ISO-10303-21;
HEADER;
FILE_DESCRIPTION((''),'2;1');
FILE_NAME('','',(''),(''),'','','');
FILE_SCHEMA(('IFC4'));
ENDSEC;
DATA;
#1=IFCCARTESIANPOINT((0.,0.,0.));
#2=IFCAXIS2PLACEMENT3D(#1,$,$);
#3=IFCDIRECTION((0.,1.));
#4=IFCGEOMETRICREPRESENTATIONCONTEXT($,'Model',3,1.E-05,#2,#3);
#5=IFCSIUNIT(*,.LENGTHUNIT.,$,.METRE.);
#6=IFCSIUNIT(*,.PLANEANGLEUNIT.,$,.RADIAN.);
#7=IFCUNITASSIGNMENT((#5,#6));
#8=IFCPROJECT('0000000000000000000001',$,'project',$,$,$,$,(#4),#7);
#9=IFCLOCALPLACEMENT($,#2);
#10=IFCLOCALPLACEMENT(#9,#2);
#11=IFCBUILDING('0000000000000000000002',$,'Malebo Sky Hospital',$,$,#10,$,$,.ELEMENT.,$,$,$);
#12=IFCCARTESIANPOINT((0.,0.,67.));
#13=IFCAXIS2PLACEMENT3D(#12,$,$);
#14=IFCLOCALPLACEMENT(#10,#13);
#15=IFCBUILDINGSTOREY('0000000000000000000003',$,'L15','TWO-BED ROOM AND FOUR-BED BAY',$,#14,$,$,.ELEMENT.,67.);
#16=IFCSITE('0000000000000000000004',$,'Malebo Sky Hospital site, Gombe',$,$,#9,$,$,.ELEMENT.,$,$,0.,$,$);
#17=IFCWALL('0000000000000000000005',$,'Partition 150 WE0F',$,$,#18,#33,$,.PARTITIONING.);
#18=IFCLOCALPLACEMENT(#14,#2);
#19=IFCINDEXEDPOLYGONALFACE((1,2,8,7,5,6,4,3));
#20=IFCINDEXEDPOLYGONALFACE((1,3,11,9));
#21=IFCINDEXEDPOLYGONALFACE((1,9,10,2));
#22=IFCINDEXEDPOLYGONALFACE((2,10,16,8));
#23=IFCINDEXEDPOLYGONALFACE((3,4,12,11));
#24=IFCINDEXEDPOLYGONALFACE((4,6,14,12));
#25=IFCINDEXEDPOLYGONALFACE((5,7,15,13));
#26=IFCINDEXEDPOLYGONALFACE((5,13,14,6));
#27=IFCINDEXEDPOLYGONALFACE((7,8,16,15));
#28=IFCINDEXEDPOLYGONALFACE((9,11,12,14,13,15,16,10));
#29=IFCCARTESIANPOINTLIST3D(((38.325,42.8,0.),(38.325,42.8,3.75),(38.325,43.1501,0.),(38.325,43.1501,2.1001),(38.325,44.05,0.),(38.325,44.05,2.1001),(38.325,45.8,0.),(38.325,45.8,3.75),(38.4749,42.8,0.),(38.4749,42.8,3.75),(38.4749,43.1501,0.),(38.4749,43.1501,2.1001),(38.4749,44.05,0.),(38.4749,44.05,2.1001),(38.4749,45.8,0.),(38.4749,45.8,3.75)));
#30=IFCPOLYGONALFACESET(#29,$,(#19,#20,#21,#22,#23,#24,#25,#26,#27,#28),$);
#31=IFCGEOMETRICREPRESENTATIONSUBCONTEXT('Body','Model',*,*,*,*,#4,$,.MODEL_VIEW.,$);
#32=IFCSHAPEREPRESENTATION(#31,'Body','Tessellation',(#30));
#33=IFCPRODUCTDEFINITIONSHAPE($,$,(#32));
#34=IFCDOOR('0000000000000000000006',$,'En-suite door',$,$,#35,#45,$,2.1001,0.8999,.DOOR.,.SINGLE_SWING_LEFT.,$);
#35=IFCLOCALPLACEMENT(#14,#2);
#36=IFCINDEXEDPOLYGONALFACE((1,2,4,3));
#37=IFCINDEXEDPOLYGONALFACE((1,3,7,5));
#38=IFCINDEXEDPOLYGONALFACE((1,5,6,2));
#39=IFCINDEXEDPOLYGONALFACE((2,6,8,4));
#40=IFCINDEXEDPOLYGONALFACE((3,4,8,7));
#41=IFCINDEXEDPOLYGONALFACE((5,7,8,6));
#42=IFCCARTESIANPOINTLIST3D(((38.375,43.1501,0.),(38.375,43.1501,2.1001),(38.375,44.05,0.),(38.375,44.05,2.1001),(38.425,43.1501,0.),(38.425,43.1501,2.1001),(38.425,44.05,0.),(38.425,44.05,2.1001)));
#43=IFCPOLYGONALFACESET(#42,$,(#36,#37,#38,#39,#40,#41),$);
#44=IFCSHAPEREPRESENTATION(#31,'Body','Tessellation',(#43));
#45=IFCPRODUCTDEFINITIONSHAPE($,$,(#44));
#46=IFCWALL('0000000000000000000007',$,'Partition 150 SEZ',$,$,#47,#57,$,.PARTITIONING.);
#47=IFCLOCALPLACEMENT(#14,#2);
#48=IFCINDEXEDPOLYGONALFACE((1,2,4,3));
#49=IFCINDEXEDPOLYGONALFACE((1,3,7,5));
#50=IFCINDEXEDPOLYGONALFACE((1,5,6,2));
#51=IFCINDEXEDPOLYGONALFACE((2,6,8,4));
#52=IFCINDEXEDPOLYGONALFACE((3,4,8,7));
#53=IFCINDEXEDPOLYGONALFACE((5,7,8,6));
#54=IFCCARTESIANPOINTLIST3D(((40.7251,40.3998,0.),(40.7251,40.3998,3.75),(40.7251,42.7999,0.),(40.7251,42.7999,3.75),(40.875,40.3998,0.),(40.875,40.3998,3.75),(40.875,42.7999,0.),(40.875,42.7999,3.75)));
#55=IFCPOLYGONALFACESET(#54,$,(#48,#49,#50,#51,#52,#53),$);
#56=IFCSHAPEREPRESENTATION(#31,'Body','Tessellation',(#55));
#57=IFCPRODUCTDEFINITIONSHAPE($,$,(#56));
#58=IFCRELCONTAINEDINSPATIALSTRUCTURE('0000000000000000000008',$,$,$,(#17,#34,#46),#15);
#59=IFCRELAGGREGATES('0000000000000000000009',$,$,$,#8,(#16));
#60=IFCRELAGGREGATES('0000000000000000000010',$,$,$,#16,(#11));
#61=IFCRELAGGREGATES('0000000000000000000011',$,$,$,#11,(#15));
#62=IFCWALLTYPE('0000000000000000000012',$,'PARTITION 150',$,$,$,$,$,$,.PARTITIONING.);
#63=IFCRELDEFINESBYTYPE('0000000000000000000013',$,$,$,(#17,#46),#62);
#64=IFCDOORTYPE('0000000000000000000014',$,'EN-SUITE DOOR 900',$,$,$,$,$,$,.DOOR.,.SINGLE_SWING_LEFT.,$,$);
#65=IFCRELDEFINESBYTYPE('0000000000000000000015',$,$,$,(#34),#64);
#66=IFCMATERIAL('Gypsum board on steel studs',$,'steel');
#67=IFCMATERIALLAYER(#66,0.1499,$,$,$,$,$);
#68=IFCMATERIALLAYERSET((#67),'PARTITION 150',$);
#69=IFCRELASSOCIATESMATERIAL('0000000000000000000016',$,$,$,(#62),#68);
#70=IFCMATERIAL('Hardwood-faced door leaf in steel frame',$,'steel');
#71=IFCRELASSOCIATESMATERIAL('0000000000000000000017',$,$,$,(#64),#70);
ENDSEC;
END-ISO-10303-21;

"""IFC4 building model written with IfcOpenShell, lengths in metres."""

from ifc_helpers import new_model, si_unit, direction, frame, frame_2d, origin, place, context, subcontext, project, spatial, rectangle, extrude, material, layer, layer_set, type_object, element, fill, save


model = new_model("IFC4")

# Units and contexts
model_context = context("Model", 3, precision=1e-05, world=origin(), true_north=direction((0.0, 1.0)))
body_context = subcontext(model_context, "Body", "Model", "MODEL_VIEW")
ifc_project = project(units=[si_unit("LENGTHUNIT", "METRE"), si_unit("PLANEANGLEUNIT", "RADIAN")], contexts=[model_context])

# Site, building, storey
site_placement = place(None, origin())
site = spatial("IfcSite", under=ifc_project, at=site_placement, Name="Malebo Sky Hospital site, Gombe", CompositionType="ELEMENT", RefElevation=0.0)
building_placement = place(site_placement, origin())
building = spatial("IfcBuilding", under=site, at=building_placement, Name="Malebo Sky Hospital", CompositionType="ELEMENT")
storey_placement = place(building_placement, frame((0.0, 0.0, 67.0)))
storey = spatial("IfcBuildingStorey", under=building, at=storey_placement, Name="L15", Description="TWO-BED ROOM AND FOUR-BED BAY", CompositionType="ELEMENT", Elevation=67.0)

# Shared definitions
ifc_material_1 = material(Name="Gypsum board on steel studs", Category="steel")
ifc_material_2 = material(Name="Hardwood-faced door leaf in steel frame", Category="steel")

# Shared definitions
ifc_layer_1 = layer(ifc_material_1, 0.1499)
ifc_layer_set_1 = layer_set([ifc_layer_1], Name="PARTITION 150")
wall_type_1 = type_object("IfcWallType", Name="PARTITION 150", PredefinedType="PARTITIONING", material=ifc_layer_set_1)

# Wall, opening, door
wall_1_placement = place(storey_placement, frame((38.3999, 42.8, 0.0), z_axis=(0.0, 0.0, 1.0), x_axis=(0.0, 1.0, 0.0)))
wall_1 = element("IfcWall", 1, at=wall_1_placement, inside=storey, type_object=wall_type_1, Name="Partition 150 WE0F", PredefinedType="PARTITIONING", context=body_context, shape_type="SweptSolid", body=[
    extrude(rectangle(XDim=3.0, YDim=0.1499, at=frame_2d((1.5, 0.0))), origin(), (0.0, 0.0, 1.0), 3.75),
])
opening_1_placement = place(wall_1_placement, frame((0.3501, 0.0, 0.0)))
opening_1 = element("IfcOpeningElement", 2, at=opening_1_placement, cuts=wall_1, PredefinedType="OPENING", context=body_context, shape_type="SweptSolid", body=[
    extrude(rectangle(XDim=0.8999, YDim=2.1001, at=frame_2d((0.45, 1.05))), frame((0.0, 0.085, 0.0), z_axis=(0.0, -1.0, 0.0), x_axis=(1.0, 0.0, 0.0)), (0.0, 0.0, 1.0), 0.1699),
])
door_type_1 = type_object("IfcDoorType", Name="EN-SUITE DOOR 900", OperationType="SINGLE_SWING_LEFT", PredefinedType="DOOR", material=ifc_material_2)
door_1_placement = place(opening_1_placement, origin())
door_1 = element("IfcDoor", 3, at=door_1_placement, inside=storey, type_object=door_type_1, Name="En-suite door", OperationType="SINGLE_SWING_LEFT", OverallHeight=2.1001, OverallWidth=0.8999, PredefinedType="DOOR", context=body_context, shape_type="SweptSolid", body=[
    extrude(rectangle(XDim=0.8999, YDim=2.1001, at=frame_2d((0.45, 1.05))), frame((0.0, 0.0249, 0.0), z_axis=(0.0, -1.0, 0.0), x_axis=(1.0, 0.0, 0.0)), (0.0, 0.0, 1.0), 0.05),
])
fill(opening_1, door_1)

# Wall
wall_2_placement = place(storey_placement, frame((40.8, 42.8, 0.0), z_axis=(0.0, 0.0, 1.0), x_axis=(0.0, -1.0, 0.0)))
element("IfcWall", 4, at=wall_2_placement, inside=storey, type_object=wall_type_1, Name="Partition 150 SEZ", PredefinedType="PARTITIONING", context=body_context, shape_type="SweptSolid", body=[
    extrude(rectangle(XDim=2.4001, YDim=0.1499, at=frame_2d((1.2002, 0.0))), origin(), (0.0, 0.0, 1.0), 3.75),
])

save(model, "model.ifc")
